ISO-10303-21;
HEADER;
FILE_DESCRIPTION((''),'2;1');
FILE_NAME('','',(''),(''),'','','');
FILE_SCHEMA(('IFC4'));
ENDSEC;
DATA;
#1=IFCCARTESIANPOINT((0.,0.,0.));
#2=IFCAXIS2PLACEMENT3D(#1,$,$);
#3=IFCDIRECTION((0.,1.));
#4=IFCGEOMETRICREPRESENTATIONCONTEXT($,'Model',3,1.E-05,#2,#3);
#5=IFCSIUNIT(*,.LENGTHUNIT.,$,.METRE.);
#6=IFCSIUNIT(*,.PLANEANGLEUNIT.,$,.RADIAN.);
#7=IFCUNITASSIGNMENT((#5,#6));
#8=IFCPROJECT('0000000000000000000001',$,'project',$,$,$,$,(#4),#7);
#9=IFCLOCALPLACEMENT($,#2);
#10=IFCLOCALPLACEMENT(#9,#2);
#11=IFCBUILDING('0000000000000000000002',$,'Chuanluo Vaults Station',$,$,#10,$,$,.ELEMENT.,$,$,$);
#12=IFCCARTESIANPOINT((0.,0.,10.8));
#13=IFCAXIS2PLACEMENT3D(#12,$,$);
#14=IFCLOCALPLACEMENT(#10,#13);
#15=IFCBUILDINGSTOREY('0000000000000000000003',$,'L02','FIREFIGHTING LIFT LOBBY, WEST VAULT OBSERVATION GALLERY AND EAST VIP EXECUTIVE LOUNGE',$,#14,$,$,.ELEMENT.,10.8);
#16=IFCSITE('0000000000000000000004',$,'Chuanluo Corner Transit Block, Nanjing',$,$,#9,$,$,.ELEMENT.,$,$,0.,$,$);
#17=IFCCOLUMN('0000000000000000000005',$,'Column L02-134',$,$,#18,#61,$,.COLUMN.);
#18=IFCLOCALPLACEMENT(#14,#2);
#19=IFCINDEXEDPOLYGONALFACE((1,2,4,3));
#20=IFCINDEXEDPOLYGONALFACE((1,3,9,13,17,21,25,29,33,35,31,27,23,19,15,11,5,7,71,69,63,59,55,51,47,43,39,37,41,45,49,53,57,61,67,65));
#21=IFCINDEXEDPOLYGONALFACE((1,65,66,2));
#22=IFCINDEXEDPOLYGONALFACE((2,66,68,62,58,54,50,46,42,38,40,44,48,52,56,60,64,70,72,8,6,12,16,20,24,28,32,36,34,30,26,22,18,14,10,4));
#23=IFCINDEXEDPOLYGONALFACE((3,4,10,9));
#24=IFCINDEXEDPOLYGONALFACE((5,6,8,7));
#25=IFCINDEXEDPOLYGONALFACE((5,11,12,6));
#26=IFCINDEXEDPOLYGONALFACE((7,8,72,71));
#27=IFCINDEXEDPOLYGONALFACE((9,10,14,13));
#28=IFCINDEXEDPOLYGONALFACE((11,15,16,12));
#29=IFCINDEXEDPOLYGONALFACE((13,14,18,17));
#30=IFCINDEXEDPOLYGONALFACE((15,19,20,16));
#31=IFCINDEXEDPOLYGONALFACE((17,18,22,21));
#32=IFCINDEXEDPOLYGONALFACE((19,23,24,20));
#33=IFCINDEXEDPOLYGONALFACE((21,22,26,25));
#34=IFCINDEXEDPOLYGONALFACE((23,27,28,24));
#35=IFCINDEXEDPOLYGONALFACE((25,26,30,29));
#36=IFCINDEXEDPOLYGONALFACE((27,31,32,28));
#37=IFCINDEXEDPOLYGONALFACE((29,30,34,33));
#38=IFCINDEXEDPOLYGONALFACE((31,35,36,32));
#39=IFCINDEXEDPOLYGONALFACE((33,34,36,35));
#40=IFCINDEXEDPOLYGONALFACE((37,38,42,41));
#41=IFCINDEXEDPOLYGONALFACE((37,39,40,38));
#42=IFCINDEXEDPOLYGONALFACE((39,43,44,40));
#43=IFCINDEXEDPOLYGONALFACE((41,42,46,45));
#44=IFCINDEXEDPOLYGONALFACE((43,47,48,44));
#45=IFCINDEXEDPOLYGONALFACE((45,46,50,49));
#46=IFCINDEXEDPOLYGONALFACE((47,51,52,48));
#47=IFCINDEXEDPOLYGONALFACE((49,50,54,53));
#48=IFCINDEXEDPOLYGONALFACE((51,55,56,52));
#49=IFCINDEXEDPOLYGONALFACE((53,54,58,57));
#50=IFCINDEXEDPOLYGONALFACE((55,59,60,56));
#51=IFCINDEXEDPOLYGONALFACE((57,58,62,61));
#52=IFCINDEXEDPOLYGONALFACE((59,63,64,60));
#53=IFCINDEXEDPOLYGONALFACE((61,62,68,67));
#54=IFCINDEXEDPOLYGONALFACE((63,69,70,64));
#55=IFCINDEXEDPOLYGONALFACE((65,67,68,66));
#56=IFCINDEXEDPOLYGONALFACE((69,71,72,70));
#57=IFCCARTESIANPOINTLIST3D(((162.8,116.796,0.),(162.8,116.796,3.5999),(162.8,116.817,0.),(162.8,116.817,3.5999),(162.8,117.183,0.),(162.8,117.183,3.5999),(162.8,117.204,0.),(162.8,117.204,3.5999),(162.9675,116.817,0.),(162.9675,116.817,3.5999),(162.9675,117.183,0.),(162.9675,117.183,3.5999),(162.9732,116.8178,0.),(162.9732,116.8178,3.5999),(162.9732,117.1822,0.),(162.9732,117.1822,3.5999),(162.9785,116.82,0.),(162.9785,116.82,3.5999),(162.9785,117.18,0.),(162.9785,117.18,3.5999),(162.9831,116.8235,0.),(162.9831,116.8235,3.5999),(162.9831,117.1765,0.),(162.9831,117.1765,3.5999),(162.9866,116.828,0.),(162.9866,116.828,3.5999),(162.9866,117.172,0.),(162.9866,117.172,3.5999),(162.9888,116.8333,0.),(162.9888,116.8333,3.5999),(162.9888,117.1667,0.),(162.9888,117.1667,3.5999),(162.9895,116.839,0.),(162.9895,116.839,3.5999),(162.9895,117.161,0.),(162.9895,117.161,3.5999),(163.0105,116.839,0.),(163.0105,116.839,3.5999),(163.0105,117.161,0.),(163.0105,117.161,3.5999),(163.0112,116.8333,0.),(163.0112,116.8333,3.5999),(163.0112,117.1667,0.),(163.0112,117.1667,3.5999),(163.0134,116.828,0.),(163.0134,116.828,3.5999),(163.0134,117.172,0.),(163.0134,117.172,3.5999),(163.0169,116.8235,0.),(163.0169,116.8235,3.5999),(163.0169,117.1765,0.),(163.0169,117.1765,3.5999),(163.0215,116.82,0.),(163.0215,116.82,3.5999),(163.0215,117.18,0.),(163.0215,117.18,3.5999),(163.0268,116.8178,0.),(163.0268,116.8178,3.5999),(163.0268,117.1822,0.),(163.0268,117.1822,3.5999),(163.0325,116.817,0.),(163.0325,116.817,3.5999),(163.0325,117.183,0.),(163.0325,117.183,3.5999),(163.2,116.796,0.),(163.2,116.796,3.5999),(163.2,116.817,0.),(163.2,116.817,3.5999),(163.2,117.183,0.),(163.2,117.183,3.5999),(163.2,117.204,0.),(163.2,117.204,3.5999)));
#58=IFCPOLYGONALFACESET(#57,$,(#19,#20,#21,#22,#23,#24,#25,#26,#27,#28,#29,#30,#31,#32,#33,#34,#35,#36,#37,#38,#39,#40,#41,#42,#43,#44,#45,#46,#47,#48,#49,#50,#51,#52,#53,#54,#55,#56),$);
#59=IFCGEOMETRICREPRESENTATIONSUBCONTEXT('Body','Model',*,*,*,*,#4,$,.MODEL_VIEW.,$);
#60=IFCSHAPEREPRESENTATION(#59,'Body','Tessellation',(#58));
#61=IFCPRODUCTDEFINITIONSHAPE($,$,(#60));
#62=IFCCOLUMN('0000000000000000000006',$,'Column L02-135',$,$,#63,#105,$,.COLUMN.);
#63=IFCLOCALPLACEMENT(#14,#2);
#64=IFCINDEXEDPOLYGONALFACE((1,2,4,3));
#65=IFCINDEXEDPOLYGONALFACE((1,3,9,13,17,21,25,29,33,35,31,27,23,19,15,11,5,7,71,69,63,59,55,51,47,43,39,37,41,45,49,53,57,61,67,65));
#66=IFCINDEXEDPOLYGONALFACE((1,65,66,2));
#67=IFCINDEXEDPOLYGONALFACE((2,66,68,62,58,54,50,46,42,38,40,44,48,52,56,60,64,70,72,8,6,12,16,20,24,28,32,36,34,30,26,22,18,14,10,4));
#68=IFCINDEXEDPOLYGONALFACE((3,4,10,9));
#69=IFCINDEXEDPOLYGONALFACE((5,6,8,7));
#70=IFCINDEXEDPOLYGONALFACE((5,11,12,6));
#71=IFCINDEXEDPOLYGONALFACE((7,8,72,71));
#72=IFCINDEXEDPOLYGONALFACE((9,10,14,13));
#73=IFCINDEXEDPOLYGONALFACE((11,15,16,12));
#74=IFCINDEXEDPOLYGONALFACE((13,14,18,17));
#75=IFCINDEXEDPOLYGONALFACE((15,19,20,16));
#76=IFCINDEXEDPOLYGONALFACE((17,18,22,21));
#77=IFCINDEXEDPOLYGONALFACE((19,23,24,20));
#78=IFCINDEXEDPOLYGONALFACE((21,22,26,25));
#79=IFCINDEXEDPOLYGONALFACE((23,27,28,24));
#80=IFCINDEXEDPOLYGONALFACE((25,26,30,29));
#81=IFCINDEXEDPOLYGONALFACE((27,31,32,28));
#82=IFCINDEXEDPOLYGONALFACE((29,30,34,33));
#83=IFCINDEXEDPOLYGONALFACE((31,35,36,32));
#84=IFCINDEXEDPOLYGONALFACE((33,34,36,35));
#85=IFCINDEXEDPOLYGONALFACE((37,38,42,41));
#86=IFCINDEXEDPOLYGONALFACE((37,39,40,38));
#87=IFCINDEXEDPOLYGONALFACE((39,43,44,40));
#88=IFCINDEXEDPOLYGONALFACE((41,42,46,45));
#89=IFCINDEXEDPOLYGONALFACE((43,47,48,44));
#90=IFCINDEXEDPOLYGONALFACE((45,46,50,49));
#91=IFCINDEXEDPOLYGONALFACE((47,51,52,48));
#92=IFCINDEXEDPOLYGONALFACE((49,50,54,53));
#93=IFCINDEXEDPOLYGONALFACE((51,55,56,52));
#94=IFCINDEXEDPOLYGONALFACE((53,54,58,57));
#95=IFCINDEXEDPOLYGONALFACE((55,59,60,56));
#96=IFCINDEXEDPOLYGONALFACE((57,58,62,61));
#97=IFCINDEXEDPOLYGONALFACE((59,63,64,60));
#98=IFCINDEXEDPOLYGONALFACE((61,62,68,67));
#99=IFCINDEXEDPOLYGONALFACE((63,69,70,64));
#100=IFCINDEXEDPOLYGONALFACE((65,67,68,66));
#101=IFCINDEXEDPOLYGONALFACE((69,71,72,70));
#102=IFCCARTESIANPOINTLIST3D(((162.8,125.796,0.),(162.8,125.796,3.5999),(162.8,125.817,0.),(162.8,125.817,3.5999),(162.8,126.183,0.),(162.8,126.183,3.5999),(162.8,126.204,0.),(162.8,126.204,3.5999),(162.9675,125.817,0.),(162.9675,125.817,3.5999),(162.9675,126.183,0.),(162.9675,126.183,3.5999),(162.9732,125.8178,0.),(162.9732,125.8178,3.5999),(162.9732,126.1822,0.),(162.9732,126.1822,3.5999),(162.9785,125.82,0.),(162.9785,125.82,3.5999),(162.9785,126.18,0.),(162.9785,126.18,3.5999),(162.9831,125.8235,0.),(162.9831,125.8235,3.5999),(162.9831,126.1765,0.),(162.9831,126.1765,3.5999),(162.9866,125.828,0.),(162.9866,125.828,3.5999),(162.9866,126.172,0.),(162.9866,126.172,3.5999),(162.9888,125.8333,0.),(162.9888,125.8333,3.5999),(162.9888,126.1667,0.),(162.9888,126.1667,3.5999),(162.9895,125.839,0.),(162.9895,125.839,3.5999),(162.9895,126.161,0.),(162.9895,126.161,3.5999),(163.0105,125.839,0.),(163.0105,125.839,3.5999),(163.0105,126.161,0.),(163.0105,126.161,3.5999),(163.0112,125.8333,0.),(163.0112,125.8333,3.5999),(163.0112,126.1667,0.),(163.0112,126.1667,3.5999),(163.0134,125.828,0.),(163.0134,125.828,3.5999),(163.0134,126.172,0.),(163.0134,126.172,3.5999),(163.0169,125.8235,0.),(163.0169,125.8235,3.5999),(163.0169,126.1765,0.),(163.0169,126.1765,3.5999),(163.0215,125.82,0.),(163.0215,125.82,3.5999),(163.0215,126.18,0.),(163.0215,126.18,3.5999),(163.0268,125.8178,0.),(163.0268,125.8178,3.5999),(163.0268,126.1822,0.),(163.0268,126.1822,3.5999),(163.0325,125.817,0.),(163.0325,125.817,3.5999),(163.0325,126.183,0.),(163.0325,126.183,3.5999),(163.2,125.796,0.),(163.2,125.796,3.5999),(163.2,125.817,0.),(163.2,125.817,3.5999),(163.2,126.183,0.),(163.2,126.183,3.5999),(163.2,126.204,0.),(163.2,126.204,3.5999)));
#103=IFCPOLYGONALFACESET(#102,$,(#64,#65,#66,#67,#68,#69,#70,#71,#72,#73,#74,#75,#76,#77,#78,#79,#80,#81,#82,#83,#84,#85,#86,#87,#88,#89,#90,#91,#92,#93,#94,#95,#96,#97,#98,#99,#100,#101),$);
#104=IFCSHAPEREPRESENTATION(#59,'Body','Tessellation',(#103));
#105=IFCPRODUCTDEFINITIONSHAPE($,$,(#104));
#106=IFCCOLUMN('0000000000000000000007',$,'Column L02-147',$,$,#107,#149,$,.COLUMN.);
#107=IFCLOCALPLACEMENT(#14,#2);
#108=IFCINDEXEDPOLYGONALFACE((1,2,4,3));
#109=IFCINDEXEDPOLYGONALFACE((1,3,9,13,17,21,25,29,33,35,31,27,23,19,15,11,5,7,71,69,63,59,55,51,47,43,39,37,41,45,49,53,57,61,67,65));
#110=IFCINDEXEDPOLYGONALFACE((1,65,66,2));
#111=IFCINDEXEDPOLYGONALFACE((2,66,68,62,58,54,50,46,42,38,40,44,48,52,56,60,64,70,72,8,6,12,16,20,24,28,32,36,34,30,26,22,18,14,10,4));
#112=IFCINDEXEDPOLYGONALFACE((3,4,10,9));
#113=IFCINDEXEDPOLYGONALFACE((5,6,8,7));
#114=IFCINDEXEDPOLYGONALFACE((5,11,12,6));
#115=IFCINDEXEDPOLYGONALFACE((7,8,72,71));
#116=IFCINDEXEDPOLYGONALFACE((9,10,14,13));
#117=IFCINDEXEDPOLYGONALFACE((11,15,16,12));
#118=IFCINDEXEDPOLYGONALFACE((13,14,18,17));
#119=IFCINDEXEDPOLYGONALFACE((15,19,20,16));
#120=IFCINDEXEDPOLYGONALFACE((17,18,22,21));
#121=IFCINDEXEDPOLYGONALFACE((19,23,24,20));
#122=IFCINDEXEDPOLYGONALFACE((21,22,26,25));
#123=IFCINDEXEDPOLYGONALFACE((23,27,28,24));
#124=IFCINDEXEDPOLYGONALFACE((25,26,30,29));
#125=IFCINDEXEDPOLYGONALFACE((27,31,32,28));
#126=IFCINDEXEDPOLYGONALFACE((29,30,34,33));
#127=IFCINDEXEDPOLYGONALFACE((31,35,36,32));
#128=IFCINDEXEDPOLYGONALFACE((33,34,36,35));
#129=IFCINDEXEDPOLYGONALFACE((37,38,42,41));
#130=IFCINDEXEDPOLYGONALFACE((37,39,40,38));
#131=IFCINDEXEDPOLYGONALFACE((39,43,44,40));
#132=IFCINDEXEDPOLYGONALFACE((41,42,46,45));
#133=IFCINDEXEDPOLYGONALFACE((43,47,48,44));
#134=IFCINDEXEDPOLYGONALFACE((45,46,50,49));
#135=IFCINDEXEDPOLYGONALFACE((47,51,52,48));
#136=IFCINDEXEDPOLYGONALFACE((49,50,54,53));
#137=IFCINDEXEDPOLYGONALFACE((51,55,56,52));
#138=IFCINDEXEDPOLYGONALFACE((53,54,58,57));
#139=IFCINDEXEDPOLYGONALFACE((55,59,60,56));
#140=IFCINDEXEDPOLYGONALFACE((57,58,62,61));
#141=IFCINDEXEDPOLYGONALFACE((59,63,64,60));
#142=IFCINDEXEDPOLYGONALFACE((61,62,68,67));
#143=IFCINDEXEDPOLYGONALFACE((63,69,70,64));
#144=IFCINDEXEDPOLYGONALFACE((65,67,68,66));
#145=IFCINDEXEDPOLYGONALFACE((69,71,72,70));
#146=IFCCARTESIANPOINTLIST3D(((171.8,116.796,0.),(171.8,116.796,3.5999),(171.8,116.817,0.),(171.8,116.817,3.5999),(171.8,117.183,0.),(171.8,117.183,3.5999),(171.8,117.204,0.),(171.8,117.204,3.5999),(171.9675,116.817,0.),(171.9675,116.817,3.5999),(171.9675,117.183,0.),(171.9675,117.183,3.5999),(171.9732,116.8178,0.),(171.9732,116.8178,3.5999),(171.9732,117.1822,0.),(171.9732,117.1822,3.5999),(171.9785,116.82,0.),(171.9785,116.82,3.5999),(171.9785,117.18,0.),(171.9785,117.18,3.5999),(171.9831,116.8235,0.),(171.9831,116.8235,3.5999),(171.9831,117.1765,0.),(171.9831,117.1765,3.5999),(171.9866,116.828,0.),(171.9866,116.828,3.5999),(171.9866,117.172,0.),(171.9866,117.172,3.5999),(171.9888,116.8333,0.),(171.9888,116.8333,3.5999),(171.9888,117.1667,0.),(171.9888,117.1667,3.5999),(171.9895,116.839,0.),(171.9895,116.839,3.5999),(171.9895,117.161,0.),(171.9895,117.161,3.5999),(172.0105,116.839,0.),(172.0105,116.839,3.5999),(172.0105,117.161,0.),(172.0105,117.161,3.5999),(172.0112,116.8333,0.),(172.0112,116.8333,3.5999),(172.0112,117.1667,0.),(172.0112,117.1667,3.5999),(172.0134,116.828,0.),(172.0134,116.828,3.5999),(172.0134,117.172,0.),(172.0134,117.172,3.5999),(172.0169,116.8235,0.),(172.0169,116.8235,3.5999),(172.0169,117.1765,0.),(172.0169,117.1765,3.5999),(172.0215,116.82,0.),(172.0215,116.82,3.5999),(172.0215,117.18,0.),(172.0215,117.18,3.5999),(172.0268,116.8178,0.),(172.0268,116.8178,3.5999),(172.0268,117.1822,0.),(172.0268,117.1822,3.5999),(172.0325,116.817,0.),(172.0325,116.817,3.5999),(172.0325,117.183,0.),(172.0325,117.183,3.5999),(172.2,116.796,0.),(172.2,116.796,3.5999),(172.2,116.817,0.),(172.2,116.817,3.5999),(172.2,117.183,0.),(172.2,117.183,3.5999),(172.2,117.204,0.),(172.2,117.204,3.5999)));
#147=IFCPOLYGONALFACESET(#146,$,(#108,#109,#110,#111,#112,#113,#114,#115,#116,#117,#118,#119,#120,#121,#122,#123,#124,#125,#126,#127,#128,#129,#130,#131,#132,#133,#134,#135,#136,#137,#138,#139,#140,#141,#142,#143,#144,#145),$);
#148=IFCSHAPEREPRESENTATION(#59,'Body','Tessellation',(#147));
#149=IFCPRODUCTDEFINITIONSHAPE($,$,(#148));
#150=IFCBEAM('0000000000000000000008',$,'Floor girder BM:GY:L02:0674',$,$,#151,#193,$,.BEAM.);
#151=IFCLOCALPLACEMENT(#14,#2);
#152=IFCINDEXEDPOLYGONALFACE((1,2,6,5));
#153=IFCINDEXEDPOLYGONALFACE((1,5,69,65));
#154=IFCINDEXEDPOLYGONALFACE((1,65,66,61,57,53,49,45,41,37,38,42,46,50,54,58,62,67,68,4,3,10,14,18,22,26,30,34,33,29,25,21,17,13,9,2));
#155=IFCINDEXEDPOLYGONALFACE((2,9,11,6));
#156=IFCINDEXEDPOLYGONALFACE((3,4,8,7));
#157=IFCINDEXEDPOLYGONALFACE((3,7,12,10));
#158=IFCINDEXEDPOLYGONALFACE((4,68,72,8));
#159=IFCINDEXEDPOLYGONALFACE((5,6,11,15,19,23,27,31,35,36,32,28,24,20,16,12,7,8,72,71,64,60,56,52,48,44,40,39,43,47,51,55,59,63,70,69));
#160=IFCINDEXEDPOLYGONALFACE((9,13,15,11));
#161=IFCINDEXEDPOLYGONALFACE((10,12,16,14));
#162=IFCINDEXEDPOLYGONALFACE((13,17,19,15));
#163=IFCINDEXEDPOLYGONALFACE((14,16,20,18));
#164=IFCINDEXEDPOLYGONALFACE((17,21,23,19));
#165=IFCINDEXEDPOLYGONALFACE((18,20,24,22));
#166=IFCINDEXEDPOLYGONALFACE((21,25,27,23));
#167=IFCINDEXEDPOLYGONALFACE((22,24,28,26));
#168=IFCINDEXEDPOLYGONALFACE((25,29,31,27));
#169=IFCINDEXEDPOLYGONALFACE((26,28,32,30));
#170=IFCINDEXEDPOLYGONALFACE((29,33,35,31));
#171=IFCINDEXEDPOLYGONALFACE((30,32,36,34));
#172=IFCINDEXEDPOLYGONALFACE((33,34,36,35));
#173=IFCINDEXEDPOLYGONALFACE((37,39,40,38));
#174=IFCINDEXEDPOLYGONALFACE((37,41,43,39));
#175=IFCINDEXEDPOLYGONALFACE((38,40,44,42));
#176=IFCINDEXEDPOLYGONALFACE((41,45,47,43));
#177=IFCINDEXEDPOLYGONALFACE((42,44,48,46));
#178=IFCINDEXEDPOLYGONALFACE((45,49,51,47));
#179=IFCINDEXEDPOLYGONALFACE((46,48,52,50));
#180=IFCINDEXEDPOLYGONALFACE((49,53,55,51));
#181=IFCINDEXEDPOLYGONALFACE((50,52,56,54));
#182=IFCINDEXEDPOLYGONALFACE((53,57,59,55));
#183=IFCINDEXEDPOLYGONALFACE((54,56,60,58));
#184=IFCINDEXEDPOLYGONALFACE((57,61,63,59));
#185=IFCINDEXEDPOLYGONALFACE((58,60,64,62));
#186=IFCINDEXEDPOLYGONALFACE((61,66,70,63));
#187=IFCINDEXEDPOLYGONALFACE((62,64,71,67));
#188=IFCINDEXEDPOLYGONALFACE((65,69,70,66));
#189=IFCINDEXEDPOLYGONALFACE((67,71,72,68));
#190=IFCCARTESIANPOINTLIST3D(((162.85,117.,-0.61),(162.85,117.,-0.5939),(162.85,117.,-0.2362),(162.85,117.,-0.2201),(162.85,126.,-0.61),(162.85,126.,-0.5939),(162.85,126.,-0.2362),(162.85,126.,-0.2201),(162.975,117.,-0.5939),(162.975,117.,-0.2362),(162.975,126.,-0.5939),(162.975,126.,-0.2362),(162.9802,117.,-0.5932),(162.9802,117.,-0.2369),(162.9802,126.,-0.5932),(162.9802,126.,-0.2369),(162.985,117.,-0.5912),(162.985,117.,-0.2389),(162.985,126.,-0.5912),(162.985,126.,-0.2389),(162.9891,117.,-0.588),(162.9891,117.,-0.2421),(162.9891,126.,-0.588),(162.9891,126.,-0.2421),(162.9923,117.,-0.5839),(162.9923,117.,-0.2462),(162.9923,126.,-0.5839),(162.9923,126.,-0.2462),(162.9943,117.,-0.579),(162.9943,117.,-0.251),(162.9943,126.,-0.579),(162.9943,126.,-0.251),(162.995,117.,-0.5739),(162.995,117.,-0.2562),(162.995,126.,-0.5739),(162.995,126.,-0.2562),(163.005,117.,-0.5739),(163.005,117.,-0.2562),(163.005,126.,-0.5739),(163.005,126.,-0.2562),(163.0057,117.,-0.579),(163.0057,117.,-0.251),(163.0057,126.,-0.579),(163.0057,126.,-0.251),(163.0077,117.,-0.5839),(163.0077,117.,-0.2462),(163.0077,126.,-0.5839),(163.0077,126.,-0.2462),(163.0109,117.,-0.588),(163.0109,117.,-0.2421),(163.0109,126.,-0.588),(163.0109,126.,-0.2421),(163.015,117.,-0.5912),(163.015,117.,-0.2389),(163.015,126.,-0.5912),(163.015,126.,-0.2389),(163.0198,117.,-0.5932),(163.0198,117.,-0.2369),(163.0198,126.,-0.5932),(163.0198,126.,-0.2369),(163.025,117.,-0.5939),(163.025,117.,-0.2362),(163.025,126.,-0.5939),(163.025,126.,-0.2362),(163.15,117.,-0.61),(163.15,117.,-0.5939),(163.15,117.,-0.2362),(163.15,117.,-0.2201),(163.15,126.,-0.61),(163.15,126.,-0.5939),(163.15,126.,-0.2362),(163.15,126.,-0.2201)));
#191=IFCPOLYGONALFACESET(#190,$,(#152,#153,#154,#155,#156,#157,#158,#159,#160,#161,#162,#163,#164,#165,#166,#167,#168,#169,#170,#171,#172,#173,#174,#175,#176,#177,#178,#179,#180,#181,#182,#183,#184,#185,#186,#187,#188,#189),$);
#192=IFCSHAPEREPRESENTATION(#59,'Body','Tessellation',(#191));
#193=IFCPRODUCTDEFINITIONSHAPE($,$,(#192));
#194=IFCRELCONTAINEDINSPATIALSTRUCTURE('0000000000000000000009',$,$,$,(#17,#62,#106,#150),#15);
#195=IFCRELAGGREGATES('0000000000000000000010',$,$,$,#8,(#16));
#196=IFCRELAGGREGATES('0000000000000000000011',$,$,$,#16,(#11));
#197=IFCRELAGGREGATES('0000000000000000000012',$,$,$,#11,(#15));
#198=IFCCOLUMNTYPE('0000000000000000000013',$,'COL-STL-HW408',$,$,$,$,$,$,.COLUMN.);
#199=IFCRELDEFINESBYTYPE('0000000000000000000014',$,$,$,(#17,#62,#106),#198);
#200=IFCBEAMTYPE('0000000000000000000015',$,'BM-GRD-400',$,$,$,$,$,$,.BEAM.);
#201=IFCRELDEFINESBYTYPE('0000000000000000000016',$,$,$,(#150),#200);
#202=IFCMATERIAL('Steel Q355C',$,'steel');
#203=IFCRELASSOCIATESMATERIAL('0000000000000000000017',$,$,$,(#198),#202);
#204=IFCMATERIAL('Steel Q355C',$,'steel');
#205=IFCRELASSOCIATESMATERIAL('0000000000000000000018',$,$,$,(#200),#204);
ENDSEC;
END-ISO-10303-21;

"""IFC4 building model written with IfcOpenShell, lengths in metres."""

from ifc_helpers import new_model, si_unit, direction, frame, origin, origin_2d, place, context, subcontext, project, spatial, i_section, extrude, material, material_profile, profile_set, type_object, element, save


model = new_model("IFC4")

# Units and contexts
model_context = context("Model", 3, precision=1e-05, world=origin(), true_north=direction((0.0, 1.0)))
body_context = subcontext(model_context, "Body", "Model", "MODEL_VIEW")
ifc_project = project(units=[si_unit("LENGTHUNIT", "METRE"), si_unit("PLANEANGLEUNIT", "RADIAN")], contexts=[model_context])

# Site, building, storey
site_placement = place(None, origin())
site = spatial("IfcSite", under=ifc_project, at=site_placement, Name="Chuanluo Corner Transit Block, Nanjing", CompositionType="ELEMENT", RefElevation=0.0)
building_placement = place(site_placement, origin())
building = spatial("IfcBuilding", under=site, at=building_placement, Name="Chuanluo Vaults Station", CompositionType="ELEMENT")
storey_placement = place(building_placement, frame((0.0, 0.0, 10.8)))
storey = spatial("IfcBuildingStorey", under=building, at=storey_placement, Name="L02", Description="FIREFIGHTING LIFT LOBBY, WEST VAULT OBSERVATION GALLERY AND EAST VIP EXECUTIVE LOUNGE", CompositionType="ELEMENT", Elevation=10.8)

# Columns
ifc_material_1 = material(Name="Steel Q355C", Category="steel")
ifc_material_profile_1 = material_profile(ifc_material_1, i_section(OverallWidth=0.3999, OverallDepth=0.408, WebThickness=0.021, FlangeThickness=0.021, FilletRadius=0.022, at=origin_2d()))
ifc_profile_set_1 = profile_set([ifc_material_profile_1], Name="Steel Q355C")
column_type = type_object("IfcColumnType", Name="COL-STL-HW408", PredefinedType="COLUMN", material=ifc_profile_set_1)
for number, where, z_axis, x_axis, name in (
    (1, (163.0, 117.0, 0.0), (0.0, 0.0, 1.0), (1.0, 0.0, 0.0), "Column L02-134"),
    (2, (163.0, 126.0, 0.0), (0.0, 0.0, 1.0), (1.0, 0.0, 0.0), "Column L02-135"),
    (3, (172.0, 117.0, 0.0), (0.0, 0.0, 1.0), (1.0, 0.0, 0.0), "Column L02-147"),
):
    element("IfcColumn", number, at=place(storey_placement, frame(where, z_axis=z_axis, x_axis=x_axis)), inside=storey, type_object=column_type, Name=name, PredefinedType="COLUMN", context=body_context, shape_type="SweptSolid", body=[
        extrude(i_section(OverallWidth=0.3999, OverallDepth=0.408, WebThickness=0.021, FlangeThickness=0.021, FilletRadius=0.022, at=origin_2d()), origin(), (0.0, 0.0, 1.0), 3.5999),
    ])

# Beam
ifc_material_2 = material(Name="Steel Q355C", Category="steel")
ifc_material_profile_2 = material_profile(ifc_material_2, i_section(OverallWidth=0.3, OverallDepth=0.3899, WebThickness=0.01, FlangeThickness=0.0161, FilletRadius=0.02, at=origin_2d()))
ifc_profile_set_2 = profile_set([ifc_material_profile_2], Name="Steel Q355C")
beam_type_1 = type_object("IfcBeamType", Name="BM-GRD-400", PredefinedType="BEAM", material=ifc_profile_set_2)
beam_1_placement = place(storey_placement, frame((163.0, 117.0, -0.415), z_axis=(0.0, 1.0, 0.0), x_axis=(-1.0, 0.0, 0.0)))
element("IfcBeam", 4, at=beam_1_placement, inside=storey, type_object=beam_type_1, Name="Floor girder BM:GY:L02:0674", PredefinedType="BEAM", context=body_context, shape_type="SweptSolid", body=[
    extrude(i_section(OverallWidth=0.3, OverallDepth=0.3899, WebThickness=0.01, FlangeThickness=0.0161, FilletRadius=0.02, at=origin_2d()), origin(), (0.0, 0.0, 1.0), 9.0),
])

save(model, "model.ifc")
